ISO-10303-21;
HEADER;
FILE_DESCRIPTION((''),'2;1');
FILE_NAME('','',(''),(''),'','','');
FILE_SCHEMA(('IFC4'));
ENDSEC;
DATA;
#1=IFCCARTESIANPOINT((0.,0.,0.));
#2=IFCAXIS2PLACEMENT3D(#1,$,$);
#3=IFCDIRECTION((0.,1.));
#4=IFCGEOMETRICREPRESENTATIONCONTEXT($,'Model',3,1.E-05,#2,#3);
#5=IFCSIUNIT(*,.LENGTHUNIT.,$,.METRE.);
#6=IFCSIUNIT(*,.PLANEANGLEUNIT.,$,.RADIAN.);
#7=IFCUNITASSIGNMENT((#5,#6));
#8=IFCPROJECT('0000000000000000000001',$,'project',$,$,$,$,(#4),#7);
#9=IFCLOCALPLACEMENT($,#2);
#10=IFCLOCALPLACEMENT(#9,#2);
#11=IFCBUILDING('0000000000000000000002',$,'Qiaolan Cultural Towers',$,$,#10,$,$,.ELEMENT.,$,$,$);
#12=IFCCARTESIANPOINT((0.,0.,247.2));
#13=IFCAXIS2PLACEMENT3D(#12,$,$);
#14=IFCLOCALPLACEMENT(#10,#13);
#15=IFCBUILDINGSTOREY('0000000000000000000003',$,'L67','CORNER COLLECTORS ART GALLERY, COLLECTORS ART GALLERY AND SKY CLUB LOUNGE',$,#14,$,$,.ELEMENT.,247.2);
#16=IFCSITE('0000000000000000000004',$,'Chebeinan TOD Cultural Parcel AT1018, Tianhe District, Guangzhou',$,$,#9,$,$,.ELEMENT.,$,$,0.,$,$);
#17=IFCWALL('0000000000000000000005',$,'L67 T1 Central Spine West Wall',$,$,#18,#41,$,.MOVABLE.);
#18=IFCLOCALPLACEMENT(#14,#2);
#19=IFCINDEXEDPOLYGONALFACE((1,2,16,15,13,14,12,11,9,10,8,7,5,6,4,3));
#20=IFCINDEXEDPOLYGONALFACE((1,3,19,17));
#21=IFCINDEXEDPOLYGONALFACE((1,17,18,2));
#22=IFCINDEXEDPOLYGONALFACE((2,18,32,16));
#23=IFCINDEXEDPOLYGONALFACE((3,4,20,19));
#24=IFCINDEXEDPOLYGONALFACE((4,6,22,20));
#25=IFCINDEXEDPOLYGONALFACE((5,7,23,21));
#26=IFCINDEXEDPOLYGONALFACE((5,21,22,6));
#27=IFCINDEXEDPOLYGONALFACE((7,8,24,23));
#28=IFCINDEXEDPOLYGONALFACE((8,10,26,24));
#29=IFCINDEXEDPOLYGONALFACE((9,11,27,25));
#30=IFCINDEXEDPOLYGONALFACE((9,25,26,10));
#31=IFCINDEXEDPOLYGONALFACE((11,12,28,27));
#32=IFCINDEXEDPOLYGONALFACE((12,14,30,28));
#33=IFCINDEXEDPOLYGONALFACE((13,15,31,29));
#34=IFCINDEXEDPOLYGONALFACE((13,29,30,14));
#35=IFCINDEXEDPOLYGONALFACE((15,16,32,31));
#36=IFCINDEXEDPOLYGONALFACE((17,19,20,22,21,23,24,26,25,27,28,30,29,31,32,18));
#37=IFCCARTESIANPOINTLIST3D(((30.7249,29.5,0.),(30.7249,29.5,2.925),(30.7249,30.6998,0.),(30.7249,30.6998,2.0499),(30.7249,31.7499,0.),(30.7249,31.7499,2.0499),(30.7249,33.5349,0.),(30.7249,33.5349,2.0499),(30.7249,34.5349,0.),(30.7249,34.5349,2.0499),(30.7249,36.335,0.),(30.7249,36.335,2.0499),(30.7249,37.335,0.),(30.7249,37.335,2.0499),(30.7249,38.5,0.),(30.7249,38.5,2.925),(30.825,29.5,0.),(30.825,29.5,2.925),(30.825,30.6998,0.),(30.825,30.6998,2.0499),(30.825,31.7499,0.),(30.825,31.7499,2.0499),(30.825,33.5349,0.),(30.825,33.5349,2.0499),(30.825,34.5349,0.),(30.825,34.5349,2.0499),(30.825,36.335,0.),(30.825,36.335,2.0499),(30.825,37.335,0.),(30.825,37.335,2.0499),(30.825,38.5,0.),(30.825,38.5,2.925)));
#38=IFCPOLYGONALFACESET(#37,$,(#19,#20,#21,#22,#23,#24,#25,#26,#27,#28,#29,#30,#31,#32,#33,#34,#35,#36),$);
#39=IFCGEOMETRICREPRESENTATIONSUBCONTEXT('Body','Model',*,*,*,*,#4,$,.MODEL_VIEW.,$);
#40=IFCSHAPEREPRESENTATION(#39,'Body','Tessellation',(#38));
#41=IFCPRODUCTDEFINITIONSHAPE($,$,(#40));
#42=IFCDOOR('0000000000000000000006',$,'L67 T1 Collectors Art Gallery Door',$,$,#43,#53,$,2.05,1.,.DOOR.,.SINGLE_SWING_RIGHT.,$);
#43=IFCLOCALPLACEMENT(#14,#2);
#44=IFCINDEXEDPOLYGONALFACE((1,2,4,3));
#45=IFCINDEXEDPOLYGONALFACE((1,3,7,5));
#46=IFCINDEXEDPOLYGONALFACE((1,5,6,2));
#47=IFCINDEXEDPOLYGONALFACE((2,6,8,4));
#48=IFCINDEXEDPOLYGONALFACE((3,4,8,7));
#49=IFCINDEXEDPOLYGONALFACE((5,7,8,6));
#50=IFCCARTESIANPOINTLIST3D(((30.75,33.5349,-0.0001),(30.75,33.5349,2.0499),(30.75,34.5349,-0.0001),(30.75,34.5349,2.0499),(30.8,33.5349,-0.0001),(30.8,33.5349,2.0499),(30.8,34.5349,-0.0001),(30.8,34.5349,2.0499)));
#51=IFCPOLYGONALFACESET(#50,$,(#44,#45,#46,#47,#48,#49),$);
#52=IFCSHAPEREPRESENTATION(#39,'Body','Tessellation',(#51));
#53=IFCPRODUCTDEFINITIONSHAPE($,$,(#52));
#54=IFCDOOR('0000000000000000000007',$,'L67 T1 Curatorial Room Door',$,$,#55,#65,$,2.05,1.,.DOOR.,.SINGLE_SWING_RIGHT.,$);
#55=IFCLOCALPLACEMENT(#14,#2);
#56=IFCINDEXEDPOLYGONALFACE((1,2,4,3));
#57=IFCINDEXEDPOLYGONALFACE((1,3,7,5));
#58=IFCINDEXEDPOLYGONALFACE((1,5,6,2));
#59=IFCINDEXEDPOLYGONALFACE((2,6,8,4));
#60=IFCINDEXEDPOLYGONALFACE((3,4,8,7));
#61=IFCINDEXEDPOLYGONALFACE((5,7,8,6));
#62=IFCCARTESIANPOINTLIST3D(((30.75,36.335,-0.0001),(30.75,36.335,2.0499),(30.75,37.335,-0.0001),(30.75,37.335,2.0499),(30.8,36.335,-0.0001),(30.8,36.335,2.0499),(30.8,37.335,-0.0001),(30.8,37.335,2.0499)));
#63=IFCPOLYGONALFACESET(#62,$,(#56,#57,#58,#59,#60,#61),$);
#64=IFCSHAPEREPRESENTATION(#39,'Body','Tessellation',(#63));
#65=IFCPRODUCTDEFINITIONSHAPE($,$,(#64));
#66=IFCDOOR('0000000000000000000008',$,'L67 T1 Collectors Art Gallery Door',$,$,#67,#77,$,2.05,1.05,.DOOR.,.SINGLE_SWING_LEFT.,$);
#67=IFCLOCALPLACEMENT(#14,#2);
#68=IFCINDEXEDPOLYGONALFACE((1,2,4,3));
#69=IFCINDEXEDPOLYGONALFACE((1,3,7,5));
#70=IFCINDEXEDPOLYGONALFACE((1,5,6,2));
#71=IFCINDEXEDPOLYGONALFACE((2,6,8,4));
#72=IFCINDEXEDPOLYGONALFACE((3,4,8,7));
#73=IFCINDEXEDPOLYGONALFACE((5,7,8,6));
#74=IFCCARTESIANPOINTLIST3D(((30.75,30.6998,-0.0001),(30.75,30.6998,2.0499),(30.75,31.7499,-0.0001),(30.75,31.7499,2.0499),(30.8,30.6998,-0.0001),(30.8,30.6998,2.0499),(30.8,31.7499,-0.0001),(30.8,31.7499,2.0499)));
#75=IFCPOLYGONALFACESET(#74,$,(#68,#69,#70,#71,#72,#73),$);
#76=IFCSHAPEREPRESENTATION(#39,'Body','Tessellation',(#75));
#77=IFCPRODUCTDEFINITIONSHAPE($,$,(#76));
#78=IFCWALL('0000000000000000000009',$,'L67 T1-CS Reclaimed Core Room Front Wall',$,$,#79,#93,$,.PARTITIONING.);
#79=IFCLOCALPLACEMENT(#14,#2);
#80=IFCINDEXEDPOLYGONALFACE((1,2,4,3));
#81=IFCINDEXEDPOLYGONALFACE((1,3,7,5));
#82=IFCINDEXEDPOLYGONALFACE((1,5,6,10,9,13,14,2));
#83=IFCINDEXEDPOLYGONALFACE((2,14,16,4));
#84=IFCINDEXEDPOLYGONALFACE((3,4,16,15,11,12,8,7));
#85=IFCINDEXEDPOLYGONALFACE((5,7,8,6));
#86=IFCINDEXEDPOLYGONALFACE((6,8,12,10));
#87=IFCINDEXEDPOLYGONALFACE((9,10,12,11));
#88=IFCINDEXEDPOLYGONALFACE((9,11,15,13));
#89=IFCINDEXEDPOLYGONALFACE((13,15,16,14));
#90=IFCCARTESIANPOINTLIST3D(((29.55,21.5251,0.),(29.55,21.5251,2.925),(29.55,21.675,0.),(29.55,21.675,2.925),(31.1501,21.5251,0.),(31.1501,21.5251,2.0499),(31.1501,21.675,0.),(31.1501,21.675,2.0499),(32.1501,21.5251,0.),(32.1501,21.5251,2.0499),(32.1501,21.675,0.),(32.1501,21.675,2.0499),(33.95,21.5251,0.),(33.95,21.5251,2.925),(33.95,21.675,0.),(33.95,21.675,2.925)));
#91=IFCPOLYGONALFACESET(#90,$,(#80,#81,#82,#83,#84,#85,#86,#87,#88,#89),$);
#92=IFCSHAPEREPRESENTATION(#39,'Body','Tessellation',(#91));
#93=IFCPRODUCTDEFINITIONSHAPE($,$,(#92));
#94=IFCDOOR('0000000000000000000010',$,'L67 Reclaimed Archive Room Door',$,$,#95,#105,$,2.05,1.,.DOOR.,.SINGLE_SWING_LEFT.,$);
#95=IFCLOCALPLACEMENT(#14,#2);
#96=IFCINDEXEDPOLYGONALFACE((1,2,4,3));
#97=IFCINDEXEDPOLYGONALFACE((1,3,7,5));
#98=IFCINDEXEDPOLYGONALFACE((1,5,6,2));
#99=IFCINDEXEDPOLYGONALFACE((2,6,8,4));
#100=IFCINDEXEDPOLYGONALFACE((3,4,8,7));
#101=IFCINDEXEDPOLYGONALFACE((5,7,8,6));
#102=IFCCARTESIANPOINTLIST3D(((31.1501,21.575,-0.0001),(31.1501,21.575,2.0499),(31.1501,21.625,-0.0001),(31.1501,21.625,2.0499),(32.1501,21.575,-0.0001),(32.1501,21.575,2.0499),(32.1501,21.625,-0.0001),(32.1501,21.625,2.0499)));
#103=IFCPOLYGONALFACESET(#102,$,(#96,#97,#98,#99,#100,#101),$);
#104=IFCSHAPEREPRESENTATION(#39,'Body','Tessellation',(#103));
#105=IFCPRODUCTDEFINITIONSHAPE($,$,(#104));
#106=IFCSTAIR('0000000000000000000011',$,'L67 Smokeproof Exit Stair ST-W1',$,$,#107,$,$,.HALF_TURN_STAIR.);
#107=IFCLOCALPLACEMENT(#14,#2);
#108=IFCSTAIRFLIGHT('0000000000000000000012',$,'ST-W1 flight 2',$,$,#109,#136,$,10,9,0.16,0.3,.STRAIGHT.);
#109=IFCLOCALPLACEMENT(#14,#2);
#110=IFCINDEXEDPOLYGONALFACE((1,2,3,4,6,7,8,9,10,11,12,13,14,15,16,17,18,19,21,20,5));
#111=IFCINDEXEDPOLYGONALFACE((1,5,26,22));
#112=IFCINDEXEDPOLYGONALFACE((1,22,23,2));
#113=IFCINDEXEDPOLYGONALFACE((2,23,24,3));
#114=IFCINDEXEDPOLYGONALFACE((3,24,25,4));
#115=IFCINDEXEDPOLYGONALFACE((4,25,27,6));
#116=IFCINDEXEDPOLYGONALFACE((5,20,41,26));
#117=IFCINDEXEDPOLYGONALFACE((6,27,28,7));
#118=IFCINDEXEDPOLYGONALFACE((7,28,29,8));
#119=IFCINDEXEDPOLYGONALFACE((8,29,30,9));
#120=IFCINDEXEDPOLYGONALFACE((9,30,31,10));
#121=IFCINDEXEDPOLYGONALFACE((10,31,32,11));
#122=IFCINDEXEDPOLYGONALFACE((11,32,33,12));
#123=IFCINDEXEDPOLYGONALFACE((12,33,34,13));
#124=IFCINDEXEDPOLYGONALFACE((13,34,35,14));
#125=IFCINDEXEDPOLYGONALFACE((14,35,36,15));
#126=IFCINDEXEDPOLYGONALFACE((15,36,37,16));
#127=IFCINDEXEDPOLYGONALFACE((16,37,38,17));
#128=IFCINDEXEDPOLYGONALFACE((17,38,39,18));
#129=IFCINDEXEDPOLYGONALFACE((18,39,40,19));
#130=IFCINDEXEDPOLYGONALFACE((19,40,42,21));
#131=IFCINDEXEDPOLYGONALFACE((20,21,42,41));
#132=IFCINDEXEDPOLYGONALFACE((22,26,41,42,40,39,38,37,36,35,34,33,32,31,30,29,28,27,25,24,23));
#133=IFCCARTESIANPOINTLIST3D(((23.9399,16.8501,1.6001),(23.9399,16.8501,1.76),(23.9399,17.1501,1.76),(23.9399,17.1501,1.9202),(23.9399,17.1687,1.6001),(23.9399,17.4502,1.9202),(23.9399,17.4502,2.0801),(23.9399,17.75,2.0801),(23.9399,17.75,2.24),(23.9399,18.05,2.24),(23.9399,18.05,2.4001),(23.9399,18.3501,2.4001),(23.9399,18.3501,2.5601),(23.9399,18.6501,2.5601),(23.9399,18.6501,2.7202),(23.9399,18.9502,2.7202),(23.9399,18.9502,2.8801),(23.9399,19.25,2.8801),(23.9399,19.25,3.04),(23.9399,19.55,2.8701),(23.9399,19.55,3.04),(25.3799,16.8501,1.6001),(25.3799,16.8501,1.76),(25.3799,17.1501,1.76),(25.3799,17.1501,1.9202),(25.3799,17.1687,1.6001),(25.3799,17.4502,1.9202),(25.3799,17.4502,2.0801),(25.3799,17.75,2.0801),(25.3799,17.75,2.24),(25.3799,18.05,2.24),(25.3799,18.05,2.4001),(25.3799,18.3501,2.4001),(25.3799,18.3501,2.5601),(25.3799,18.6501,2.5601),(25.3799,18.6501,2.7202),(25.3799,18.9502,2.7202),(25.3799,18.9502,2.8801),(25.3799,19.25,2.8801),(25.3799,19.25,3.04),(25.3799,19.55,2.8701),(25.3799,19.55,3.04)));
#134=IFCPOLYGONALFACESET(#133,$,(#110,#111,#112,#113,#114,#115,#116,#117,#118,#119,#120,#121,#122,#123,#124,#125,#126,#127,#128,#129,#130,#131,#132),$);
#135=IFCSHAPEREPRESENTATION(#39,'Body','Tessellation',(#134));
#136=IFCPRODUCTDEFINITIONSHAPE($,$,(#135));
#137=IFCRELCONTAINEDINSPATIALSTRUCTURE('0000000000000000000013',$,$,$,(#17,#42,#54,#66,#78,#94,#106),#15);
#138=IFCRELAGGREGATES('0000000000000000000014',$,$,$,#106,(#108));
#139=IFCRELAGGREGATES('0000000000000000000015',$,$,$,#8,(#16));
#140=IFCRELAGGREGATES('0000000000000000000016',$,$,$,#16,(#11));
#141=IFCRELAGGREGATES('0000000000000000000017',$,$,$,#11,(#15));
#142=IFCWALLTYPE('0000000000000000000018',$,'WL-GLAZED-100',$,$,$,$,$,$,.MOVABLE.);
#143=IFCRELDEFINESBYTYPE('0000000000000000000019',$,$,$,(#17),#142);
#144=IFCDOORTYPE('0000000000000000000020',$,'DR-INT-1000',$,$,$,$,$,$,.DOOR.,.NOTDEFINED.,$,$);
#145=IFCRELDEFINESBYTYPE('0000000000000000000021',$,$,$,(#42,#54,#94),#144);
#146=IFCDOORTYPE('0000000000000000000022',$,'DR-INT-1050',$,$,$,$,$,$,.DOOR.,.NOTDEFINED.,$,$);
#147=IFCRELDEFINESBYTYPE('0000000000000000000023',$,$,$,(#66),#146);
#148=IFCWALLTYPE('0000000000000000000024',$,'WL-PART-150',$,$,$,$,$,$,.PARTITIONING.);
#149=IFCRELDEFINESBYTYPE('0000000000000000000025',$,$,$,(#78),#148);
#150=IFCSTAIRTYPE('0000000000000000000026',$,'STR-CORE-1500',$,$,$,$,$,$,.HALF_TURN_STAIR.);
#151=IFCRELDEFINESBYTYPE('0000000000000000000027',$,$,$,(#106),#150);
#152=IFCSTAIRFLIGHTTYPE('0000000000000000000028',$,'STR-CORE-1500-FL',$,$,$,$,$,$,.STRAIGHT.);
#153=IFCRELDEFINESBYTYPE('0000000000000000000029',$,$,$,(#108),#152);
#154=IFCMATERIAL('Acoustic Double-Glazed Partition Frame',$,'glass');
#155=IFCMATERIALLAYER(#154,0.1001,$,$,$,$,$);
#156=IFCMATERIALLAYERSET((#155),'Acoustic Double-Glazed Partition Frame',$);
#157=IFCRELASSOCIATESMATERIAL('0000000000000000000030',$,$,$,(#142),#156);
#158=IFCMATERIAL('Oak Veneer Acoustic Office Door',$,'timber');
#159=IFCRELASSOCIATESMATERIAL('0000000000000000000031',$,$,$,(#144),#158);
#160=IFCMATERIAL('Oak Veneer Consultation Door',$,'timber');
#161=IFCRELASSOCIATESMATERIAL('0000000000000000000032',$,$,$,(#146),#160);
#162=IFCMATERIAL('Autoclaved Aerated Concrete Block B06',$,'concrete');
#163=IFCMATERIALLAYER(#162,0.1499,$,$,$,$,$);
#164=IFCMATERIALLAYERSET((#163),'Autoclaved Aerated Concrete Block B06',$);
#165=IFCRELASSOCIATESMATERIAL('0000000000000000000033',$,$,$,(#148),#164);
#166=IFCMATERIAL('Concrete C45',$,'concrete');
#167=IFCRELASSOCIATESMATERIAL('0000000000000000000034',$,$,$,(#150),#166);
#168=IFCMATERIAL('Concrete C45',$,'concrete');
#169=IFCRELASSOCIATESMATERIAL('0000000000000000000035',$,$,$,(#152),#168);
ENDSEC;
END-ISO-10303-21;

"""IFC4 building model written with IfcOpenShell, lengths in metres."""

from ifc_helpers import new_model, si_unit, direction, frame, frame_2d, origin, place, context, subcontext, project, spatial, polyline, rectangle, outline, extrude, material, layer, layer_set, type_object, element, fill, aggregate, save


model = new_model("IFC4")

# Units and contexts
model_context = context("Model", 3, precision=1e-05, world=origin(), true_north=direction((0.0, 1.0)))
body_context = subcontext(model_context, "Body", "Model", "MODEL_VIEW")
ifc_project = project(units=[si_unit("LENGTHUNIT", "METRE"), si_unit("PLANEANGLEUNIT", "RADIAN")], contexts=[model_context])

# Site, building, storey
site_placement = place(None, origin())
site = spatial("IfcSite", under=ifc_project, at=site_placement, Name="Chebeinan TOD Cultural Parcel AT1018, Tianhe District, Guangzhou", CompositionType="ELEMENT", RefElevation=0.0)
building_placement = place(site_placement, origin())
building = spatial("IfcBuilding", under=site, at=building_placement, Name="Qiaolan Cultural Towers", CompositionType="ELEMENT")
storey_placement = place(building_placement, frame((0.0, 0.0, 247.2)))
storey = spatial("IfcBuildingStorey", under=building, at=storey_placement, Name="L67", Description="CORNER COLLECTORS ART GALLERY, COLLECTORS ART GALLERY AND SKY CLUB LOUNGE", CompositionType="ELEMENT", Elevation=247.2)

# Wall, openings, doors
ifc_material_1 = material(Name="Acoustic Double-Glazed Partition Frame", Category="glass")
ifc_layer_1 = layer(ifc_material_1, 0.1001)
ifc_layer_set_1 = layer_set([ifc_layer_1], Name="Acoustic Double-Glazed Partition Frame")
wall_type_1 = type_object("IfcWallType", Name="WL-GLAZED-100", PredefinedType="MOVABLE", material=ifc_layer_set_1)
wall_1_placement = place(storey_placement, frame((30.7749, 29.5, 0.0), z_axis=(0.0, 0.0, 1.0), x_axis=(0.0, 1.0, 0.0)))
wall_1 = element("IfcWall", 1, at=wall_1_placement, inside=storey, type_object=wall_type_1, Name="L67 T1 Central Spine West Wall", PredefinedType="MOVABLE", context=body_context, shape_type="SweptSolid", body=[
    extrude(rectangle(XDim=9.0, YDim=0.1001, at=frame_2d((4.5, 0.0))), origin(), (0.0, 0.0, 1.0), 2.925),
])
opening_1_placement = place(wall_1_placement, frame((1.2, 0.0, 0.0)))
opening_1 = element("IfcOpeningElement", 2, at=opening_1_placement, cuts=wall_1, PredefinedType="OPENING", context=body_context, shape_type="SweptSolid", body=[
    extrude(rectangle(XDim=1.05, YDim=2.05, at=frame_2d((0.5249, 1.0249))), frame((0.0, 0.0601, 0.0), z_axis=(0.0, -1.0, 0.0), x_axis=(1.0, 0.0, 0.0)), (0.0, 0.0, 1.0), 0.1201),
])
opening_2_placement = place(wall_1_placement, frame((4.0349, 0.0, 0.0)))
opening_2 = element("IfcOpeningElement", 3, at=opening_2_placement, cuts=wall_1, PredefinedType="OPENING", context=body_context, shape_type="SweptSolid", body=[
    extrude(rectangle(XDim=1.0, YDim=2.05, at=frame_2d((0.5, 1.0249))), frame((0.0, 0.0601, 0.0), z_axis=(0.0, -1.0, 0.0), x_axis=(1.0, 0.0, 0.0)), (0.0, 0.0, 1.0), 0.1201),
])
opening_3_placement = place(wall_1_placement, frame((6.835, 0.0, 0.0)))
opening_3 = element("IfcOpeningElement", 4, at=opening_3_placement, cuts=wall_1, PredefinedType="OPENING", context=body_context, shape_type="SweptSolid", body=[
    extrude(rectangle(XDim=1.0, YDim=2.05, at=frame_2d((0.5, 1.0249))), frame((0.0, 0.0601, 0.0), z_axis=(0.0, -1.0, 0.0), x_axis=(1.0, 0.0, 0.0)), (0.0, 0.0, 1.0), 0.1201),
])
ifc_material_2 = material(Name="Oak Veneer Acoustic Office Door", Category="timber")
door_type_1 = type_object("IfcDoorType", Name="DR-INT-1000", OperationType="NOTDEFINED", PredefinedType="DOOR", material=ifc_material_2)
door_1_placement = place(opening_2_placement, origin())
door_1 = element("IfcDoor", 5, at=door_1_placement, inside=storey, type_object=door_type_1, Name="L67 T1 Collectors Art Gallery Door", OperationType="SINGLE_SWING_RIGHT", OverallHeight=2.05, OverallWidth=1.0, PredefinedType="DOOR", context=body_context, shape_type="SweptSolid", body=[
    extrude(rectangle(XDim=1.0, YDim=2.05, at=frame_2d((0.5, 1.0249))), frame((0.0, 0.0249, 0.0), z_axis=(0.0, -1.0, 0.0), x_axis=(1.0, 0.0, 0.0)), (0.0, 0.0, 1.0), 0.05),
])
fill(opening_2, door_1)
door_2_placement = place(opening_3_placement, origin())
door_2 = element("IfcDoor", 6, at=door_2_placement, inside=storey, type_object=door_type_1, Name="L67 T1 Curatorial Room Door", OperationType="SINGLE_SWING_RIGHT", OverallHeight=2.05, OverallWidth=1.0, PredefinedType="DOOR", context=body_context, shape_type="SweptSolid", body=[
    extrude(rectangle(XDim=1.0, YDim=2.05, at=frame_2d((0.5, 1.0249))), frame((0.0, 0.0249, 0.0), z_axis=(0.0, -1.0, 0.0), x_axis=(1.0, 0.0, 0.0)), (0.0, 0.0, 1.0), 0.05),
])
fill(opening_3, door_2)
ifc_material_3 = material(Name="Oak Veneer Consultation Door", Category="timber")
door_type_2 = type_object("IfcDoorType", Name="DR-INT-1050", OperationType="NOTDEFINED", PredefinedType="DOOR", material=ifc_material_3)
door_3_placement = place(opening_1_placement, origin())
door_3 = element("IfcDoor", 7, at=door_3_placement, inside=storey, type_object=door_type_2, Name="L67 T1 Collectors Art Gallery Door", OperationType="SINGLE_SWING_LEFT", OverallHeight=2.05, OverallWidth=1.05, PredefinedType="DOOR", context=body_context, shape_type="SweptSolid", body=[
    extrude(rectangle(XDim=1.05, YDim=2.05, at=frame_2d((0.5249, 1.0249))), frame((0.0, 0.0249, 0.0), z_axis=(0.0, -1.0, 0.0), x_axis=(1.0, 0.0, 0.0)), (0.0, 0.0, 1.0), 0.05),
])
fill(opening_1, door_3)

# Wall, opening, door
ifc_material_4 = material(Name="Autoclaved Aerated Concrete Block B06", Category="concrete")
ifc_layer_2 = layer(ifc_material_4, 0.1499)
ifc_layer_set_2 = layer_set([ifc_layer_2], Name="Autoclaved Aerated Concrete Block B06")
wall_type_2 = type_object("IfcWallType", Name="WL-PART-150", PredefinedType="PARTITIONING", material=ifc_layer_set_2)
wall_2_placement = place(storey_placement, frame((29.55, 21.6001, 0.0), z_axis=(0.0, 0.0, 1.0), x_axis=(1.0, 0.0, 0.0)))
wall_2 = element("IfcWall", 8, at=wall_2_placement, inside=storey, type_object=wall_type_2, Name="L67 T1-CS Reclaimed Core Room Front Wall", PredefinedType="PARTITIONING", context=body_context, shape_type="SweptSolid", body=[
    extrude(rectangle(XDim=4.3999, YDim=0.1499, at=frame_2d((2.2, 0.0))), origin(), (0.0, 0.0, 1.0), 2.925),
])
opening_4_placement = place(wall_2_placement, frame((1.6001, 0.0, 0.0)))
opening_4 = element("IfcOpeningElement", 9, at=opening_4_placement, cuts=wall_2, PredefinedType="OPENING", context=body_context, shape_type="SweptSolid", body=[
    extrude(rectangle(XDim=1.0, YDim=2.05, at=frame_2d((0.5, 1.0249))), frame((0.0, 0.085, 0.0), z_axis=(0.0, -1.0, 0.0), x_axis=(1.0, 0.0, 0.0)), (0.0, 0.0, 1.0), 0.1699),
])
door_4_placement = place(opening_4_placement, origin())
door_4 = element("IfcDoor", 10, at=door_4_placement, inside=storey, type_object=door_type_1, Name="L67 Reclaimed Archive Room Door", OperationType="SINGLE_SWING_LEFT", OverallHeight=2.05, OverallWidth=1.0, PredefinedType="DOOR", context=body_context, shape_type="SweptSolid", body=[
    extrude(rectangle(XDim=1.0, YDim=2.05, at=frame_2d((0.5, 1.0249))), frame((0.0, 0.0249, 0.0), z_axis=(0.0, -1.0, 0.0), x_axis=(1.0, 0.0, 0.0)), (0.0, 0.0, 1.0), 0.05),
])
fill(opening_4, door_4)

# Stair, stair flight
ifc_material_5 = material(Name="Concrete C45", Category="concrete")
stair_type = type_object("IfcStairType", Name="STR-CORE-1500", PredefinedType="HALF_TURN_STAIR", material=ifc_material_5)
stair_placement = place(storey_placement, origin())
stair = element("IfcStair", 11, at=stair_placement, inside=storey, type_object=stair_type, Name="L67 Smokeproof Exit Stair ST-W1", PredefinedType="HALF_TURN_STAIR")
ifc_material_6 = material(Name="Concrete C45", Category="concrete")
stair_flight_type = type_object("IfcStairFlightType", Name="STR-CORE-1500-FL", PredefinedType="STRAIGHT", material=ifc_material_6)
stair_flight_placement = place(storey_placement, frame((24.6599, 16.8501, 1.6001), z_axis=(0.0, 0.0, 1.0), x_axis=(0.0, 1.0, 0.0)))
stair_flight = element("IfcStairFlight", 12, at=stair_flight_placement, type_object=stair_flight_type, Name="ST-W1 flight 2", NumberOfRisers=10, NumberOfTreads=9, PredefinedType="STRAIGHT", RiserHeight=0.16, TreadLength=0.3, context=body_context, shape_type="SweptSolid", body=[
    extrude(outline(polyline([(0.0, 0.0), (0.0, 0.1599), (0.3, 0.1599), (0.3, 0.3201), (0.6001, 0.3201), (0.6001, 0.48), (0.8999, 0.48), (0.8999, 0.6399), (1.2, 0.6399), (1.2, 0.8), (1.5, 0.8), (1.5, 0.96), (1.8, 0.96), (1.8, 1.1201), (2.1001, 1.1201), (2.1001, 1.28), (2.3999, 1.28), (2.3999, 1.4399), (2.7, 1.4399), (2.7, 1.6001), (2.7, 1.27), (0.3186, 0.0), (0.0, 0.0)])), frame((0.0, 0.72, 0.0), z_axis=(0.0, -1.0, 0.0), x_axis=(1.0, 0.0, 0.0)), (0.0, 0.0, 1.0), 1.4399),
])
aggregate(stair, [stair_flight])

save(model, "model.ifc")
